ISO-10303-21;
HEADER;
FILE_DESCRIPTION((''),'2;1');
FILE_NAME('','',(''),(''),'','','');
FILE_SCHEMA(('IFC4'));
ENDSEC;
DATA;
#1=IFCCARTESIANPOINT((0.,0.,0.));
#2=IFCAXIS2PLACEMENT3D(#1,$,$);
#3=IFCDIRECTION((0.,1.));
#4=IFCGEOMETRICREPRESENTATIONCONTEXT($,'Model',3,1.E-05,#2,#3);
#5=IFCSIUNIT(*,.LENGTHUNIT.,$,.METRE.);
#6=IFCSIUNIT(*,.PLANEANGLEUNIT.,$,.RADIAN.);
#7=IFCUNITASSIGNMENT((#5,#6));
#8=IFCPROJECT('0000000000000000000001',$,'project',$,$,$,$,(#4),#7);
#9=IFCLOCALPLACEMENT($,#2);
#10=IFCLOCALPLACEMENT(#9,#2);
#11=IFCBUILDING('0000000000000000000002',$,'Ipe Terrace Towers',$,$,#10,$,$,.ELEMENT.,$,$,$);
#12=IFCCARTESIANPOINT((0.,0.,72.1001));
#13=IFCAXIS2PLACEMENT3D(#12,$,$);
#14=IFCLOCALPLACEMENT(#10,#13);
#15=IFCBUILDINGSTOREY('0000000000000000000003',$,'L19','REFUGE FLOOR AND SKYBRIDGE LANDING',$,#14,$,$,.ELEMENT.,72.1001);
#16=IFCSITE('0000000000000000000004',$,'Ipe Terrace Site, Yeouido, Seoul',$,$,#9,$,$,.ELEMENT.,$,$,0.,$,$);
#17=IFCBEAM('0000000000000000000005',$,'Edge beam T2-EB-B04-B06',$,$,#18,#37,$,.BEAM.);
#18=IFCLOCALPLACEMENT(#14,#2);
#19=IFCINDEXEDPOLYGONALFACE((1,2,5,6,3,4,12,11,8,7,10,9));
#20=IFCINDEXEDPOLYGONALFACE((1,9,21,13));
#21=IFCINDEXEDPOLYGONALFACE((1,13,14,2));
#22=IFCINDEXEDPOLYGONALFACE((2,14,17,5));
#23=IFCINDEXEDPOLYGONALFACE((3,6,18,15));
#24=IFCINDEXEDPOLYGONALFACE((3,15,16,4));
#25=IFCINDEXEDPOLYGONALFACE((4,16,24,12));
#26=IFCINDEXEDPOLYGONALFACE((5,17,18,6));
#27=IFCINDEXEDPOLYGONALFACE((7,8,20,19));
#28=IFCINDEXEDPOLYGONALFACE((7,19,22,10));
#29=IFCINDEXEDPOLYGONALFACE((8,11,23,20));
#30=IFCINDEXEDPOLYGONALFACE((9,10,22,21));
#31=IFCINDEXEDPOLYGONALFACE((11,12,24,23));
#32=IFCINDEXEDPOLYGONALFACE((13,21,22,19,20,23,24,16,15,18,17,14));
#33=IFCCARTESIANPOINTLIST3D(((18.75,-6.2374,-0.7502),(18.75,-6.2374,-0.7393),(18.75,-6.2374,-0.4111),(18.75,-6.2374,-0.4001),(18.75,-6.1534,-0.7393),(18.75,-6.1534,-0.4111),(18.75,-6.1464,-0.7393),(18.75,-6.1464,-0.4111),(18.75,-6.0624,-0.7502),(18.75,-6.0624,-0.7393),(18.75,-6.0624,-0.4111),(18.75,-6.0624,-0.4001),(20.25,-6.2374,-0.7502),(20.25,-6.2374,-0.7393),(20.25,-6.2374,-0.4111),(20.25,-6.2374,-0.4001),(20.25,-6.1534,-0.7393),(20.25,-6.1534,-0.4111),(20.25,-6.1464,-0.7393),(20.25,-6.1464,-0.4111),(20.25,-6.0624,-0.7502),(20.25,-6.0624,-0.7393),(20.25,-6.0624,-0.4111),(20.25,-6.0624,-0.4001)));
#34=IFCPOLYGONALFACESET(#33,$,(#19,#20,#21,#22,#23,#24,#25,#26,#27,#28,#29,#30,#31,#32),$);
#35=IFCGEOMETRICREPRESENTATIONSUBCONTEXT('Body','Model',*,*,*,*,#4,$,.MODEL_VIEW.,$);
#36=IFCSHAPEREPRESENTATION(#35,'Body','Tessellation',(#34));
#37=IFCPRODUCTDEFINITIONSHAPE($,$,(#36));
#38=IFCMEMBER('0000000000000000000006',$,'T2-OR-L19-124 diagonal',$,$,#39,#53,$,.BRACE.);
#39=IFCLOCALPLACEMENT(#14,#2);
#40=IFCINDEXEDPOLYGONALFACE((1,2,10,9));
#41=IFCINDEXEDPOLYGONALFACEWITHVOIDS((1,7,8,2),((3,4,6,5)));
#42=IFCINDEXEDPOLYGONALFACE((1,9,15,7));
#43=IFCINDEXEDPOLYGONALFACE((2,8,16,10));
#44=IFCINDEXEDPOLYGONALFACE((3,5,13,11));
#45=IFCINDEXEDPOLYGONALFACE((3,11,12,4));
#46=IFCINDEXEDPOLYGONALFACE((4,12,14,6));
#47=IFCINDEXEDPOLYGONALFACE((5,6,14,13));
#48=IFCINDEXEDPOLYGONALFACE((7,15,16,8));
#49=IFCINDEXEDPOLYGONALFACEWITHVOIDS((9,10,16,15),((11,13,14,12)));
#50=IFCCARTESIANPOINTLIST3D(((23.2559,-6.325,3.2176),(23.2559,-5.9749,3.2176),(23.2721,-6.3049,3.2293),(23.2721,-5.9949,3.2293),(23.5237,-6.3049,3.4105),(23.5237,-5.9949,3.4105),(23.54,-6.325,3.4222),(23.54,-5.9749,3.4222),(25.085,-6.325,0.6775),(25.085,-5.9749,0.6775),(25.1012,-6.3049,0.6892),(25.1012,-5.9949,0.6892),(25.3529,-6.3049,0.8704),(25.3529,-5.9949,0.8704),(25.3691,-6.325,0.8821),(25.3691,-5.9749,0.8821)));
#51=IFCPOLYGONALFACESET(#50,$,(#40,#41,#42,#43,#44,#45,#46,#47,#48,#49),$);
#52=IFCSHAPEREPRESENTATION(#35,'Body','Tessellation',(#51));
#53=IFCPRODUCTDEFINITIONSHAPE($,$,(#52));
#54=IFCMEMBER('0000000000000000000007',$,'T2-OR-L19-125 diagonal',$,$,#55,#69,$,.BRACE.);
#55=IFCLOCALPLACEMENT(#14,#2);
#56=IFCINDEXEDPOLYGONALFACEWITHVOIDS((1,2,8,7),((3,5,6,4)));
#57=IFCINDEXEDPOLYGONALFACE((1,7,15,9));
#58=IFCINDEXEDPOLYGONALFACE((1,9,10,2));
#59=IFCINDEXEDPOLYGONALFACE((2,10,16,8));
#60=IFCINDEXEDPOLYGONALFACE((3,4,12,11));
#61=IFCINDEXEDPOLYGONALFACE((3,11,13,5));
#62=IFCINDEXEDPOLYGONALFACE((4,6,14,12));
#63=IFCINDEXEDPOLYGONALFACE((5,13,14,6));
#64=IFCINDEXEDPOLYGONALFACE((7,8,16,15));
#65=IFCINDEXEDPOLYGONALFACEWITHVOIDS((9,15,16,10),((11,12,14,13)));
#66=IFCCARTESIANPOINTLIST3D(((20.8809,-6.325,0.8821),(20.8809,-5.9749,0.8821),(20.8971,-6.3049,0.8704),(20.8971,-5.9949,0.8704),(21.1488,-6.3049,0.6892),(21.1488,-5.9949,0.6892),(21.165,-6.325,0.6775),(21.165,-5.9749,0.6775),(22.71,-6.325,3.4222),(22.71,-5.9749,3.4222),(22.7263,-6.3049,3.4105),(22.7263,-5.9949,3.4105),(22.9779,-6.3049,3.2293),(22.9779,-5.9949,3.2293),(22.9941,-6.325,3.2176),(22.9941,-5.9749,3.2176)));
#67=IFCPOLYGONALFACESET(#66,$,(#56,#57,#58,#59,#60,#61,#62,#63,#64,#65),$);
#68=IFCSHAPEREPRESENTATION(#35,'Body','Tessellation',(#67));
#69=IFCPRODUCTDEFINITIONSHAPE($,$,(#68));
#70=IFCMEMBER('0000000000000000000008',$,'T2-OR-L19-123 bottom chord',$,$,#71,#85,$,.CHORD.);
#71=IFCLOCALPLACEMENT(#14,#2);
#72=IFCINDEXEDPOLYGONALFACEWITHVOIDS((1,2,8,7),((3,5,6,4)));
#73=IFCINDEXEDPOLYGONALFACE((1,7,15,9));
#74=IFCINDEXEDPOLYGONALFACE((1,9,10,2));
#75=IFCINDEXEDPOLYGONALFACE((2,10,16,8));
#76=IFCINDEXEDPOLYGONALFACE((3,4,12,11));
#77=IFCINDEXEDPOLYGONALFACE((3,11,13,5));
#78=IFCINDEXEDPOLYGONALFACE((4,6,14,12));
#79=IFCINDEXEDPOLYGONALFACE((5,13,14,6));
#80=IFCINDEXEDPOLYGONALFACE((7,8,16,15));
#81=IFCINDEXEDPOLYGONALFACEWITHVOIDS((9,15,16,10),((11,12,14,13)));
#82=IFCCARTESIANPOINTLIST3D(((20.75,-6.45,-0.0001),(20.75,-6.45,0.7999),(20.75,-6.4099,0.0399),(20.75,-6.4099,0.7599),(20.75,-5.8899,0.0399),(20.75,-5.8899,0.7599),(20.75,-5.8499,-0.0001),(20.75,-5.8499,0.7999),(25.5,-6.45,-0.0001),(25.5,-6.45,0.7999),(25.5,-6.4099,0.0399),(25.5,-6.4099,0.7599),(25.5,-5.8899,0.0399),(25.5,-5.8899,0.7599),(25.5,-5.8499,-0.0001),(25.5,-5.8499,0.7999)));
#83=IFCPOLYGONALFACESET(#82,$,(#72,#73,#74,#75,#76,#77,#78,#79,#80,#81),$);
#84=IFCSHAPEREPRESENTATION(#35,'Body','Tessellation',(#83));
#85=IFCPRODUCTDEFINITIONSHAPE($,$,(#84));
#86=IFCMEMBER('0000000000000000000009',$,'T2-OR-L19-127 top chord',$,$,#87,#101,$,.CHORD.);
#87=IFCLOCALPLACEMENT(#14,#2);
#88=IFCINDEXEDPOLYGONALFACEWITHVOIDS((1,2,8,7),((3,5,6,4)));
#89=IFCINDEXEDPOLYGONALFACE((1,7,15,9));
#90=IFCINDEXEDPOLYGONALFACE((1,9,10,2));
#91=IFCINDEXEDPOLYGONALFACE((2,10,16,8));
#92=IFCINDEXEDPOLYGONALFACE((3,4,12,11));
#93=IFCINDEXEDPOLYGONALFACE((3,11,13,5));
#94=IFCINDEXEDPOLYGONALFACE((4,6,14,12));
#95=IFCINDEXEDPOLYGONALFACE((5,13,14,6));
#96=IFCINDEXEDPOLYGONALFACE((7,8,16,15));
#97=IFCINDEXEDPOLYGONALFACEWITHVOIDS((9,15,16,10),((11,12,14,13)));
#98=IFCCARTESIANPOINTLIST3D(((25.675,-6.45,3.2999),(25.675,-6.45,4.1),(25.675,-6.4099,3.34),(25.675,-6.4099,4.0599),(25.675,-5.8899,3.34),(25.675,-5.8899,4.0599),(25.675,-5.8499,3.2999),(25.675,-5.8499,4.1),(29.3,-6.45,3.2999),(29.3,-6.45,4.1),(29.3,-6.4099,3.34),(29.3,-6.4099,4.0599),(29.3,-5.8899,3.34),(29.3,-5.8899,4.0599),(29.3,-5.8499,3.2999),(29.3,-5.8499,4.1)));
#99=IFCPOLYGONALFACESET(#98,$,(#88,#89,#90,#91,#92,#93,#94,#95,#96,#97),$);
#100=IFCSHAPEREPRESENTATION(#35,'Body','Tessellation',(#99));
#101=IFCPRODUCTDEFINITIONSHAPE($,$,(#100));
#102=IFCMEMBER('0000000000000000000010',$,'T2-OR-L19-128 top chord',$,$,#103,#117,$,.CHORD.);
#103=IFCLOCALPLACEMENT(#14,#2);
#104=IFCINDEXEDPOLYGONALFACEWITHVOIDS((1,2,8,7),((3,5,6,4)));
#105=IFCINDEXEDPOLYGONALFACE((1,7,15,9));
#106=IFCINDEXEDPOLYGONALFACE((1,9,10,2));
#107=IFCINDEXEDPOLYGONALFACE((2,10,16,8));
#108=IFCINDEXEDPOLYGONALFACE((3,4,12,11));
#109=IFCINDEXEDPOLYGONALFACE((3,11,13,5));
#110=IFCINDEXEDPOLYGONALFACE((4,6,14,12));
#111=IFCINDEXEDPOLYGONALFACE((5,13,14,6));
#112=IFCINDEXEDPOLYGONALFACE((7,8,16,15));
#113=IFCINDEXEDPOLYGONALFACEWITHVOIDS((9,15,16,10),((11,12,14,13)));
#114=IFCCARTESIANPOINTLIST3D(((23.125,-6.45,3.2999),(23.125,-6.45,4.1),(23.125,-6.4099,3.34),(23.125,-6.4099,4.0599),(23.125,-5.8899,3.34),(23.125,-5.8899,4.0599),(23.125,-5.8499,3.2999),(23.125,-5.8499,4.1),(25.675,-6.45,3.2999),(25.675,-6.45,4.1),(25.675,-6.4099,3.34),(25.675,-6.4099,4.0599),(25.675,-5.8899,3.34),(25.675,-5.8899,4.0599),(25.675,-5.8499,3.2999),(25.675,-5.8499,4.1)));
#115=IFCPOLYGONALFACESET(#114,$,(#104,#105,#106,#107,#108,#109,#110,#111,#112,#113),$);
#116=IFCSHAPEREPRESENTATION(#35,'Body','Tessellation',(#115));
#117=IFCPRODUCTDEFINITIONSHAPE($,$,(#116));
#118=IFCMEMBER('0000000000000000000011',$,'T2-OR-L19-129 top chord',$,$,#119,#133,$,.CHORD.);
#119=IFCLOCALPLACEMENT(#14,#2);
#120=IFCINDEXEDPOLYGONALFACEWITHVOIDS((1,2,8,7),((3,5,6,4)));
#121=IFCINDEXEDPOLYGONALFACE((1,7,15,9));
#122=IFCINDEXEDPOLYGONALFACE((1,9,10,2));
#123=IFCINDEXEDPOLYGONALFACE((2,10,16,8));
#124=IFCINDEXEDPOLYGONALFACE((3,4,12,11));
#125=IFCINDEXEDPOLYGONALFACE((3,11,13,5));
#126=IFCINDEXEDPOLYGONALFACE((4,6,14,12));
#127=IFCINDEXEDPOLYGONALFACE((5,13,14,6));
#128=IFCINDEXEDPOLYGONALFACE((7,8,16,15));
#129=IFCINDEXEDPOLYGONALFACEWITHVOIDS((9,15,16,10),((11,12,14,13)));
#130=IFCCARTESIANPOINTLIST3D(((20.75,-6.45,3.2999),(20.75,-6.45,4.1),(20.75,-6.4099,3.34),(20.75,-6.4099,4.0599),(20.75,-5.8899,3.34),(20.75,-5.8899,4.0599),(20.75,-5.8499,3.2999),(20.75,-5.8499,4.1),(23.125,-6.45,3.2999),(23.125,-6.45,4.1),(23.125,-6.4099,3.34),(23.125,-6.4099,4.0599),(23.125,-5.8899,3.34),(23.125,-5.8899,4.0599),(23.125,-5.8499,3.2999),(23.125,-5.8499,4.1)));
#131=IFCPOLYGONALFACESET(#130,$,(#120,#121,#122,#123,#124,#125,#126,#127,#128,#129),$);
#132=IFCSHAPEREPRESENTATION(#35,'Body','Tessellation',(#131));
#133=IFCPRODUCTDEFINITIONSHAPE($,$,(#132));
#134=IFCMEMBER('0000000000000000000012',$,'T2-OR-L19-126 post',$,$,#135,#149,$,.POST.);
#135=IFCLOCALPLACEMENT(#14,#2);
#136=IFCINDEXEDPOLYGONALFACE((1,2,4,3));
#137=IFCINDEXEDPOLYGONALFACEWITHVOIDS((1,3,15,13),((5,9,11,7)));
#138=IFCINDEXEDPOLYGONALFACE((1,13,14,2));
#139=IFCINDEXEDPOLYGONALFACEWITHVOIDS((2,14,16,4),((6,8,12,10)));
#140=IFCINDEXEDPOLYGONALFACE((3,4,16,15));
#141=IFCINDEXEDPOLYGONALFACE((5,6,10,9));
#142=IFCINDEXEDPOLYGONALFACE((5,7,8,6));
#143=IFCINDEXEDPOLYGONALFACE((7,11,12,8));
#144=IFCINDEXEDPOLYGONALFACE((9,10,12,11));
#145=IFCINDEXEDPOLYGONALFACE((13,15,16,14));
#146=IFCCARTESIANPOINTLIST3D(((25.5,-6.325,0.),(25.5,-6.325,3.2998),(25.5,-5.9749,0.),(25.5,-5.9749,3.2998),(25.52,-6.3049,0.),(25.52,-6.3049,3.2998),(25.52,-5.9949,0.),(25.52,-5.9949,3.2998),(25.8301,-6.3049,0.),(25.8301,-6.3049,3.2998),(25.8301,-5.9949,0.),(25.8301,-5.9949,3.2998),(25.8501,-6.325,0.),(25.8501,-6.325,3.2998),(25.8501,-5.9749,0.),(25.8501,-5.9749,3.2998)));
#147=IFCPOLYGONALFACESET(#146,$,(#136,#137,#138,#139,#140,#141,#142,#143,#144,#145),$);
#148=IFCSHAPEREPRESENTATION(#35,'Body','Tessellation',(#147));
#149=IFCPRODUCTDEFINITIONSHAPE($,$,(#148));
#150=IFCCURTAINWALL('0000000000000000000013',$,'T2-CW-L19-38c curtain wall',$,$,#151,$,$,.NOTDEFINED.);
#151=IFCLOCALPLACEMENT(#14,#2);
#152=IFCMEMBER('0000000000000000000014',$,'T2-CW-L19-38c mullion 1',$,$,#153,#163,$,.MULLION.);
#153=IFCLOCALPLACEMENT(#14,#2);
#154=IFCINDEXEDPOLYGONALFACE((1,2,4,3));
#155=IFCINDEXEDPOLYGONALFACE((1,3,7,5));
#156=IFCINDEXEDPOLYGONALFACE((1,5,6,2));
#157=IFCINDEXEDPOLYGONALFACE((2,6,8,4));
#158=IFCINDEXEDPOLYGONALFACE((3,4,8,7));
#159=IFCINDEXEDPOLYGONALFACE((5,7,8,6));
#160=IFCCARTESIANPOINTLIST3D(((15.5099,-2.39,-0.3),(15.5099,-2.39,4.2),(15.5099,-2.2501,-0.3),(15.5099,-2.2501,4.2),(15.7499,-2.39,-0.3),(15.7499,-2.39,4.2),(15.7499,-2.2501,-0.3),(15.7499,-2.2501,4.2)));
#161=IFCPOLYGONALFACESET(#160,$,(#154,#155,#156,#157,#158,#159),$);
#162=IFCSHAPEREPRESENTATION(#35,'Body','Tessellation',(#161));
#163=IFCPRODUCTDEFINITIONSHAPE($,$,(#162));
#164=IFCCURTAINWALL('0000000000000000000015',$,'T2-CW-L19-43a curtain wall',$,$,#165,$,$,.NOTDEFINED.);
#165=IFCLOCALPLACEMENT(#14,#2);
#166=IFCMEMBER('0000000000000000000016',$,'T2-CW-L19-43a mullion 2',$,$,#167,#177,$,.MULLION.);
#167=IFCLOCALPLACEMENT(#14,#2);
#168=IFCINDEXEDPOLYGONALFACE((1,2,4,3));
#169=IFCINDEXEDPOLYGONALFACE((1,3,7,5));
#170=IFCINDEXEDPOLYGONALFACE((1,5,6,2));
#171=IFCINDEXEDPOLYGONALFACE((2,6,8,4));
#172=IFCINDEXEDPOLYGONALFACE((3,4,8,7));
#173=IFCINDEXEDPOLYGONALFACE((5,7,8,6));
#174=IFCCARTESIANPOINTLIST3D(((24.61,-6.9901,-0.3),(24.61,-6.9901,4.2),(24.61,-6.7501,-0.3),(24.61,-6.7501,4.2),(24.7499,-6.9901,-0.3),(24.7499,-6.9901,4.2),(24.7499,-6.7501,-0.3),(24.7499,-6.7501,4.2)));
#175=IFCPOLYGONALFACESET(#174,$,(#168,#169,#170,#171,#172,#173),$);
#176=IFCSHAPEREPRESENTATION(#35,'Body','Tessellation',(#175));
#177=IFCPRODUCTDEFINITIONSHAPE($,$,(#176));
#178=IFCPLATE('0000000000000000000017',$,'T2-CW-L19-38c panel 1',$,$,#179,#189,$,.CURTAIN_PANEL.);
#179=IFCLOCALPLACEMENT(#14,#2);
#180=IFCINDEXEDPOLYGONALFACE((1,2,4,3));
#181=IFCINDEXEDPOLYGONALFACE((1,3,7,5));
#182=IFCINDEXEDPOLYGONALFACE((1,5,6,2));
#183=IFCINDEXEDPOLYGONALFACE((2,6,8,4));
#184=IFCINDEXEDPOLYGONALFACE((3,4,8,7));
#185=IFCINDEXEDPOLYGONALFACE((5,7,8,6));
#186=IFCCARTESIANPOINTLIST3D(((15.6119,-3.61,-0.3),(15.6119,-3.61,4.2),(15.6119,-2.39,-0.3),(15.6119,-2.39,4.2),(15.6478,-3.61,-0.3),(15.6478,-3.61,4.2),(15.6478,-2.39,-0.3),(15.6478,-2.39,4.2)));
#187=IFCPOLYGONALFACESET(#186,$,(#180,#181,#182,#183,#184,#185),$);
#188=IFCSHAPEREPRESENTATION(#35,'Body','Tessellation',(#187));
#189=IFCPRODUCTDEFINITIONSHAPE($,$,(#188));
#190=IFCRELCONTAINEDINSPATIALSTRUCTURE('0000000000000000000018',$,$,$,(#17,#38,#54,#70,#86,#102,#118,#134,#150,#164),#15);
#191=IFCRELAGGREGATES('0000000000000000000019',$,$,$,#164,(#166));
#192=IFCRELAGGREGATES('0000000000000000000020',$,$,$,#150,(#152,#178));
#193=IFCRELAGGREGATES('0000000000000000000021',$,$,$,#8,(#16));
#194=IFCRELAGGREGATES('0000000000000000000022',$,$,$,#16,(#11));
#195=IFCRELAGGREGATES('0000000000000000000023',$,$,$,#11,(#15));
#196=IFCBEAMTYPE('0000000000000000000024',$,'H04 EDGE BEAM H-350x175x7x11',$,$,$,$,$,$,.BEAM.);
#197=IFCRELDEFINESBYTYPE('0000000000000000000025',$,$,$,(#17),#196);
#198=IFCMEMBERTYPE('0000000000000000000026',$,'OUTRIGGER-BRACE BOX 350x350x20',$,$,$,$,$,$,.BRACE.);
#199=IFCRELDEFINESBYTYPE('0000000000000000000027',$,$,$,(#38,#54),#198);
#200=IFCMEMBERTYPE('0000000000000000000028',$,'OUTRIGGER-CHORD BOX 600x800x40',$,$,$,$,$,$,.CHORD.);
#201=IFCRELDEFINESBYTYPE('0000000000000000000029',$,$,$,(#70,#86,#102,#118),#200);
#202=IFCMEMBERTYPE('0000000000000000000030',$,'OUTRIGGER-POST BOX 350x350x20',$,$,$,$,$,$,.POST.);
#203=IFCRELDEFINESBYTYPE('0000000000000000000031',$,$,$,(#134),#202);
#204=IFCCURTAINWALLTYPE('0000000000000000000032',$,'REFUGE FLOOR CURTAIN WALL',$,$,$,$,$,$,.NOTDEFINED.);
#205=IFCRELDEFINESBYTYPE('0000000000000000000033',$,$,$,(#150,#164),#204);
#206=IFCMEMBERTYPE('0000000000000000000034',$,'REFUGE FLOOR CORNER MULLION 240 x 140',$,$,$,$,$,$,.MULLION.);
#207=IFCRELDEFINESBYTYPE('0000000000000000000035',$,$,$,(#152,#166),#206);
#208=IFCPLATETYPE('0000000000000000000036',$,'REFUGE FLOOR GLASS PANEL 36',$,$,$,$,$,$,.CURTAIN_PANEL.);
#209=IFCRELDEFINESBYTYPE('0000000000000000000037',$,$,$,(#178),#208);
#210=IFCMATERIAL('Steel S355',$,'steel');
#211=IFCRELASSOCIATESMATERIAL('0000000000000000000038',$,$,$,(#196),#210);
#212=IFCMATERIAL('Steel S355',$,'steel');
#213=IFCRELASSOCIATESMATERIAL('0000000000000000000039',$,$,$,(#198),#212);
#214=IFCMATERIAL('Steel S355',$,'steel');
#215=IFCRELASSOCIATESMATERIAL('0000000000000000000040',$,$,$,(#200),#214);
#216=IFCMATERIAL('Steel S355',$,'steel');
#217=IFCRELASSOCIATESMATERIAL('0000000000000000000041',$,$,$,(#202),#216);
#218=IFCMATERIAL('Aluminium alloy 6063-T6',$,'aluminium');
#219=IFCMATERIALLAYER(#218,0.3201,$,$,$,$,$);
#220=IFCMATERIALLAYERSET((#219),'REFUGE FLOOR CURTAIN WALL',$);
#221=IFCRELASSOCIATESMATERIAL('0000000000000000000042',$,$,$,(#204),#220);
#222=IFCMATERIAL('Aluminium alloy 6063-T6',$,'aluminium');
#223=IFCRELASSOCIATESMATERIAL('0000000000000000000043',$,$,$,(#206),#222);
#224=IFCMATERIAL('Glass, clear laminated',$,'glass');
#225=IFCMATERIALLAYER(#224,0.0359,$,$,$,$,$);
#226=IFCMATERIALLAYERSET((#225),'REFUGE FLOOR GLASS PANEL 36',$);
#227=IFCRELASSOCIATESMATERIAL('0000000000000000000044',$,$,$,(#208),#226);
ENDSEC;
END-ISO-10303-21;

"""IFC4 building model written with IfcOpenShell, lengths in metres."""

from ifc_helpers import new_model, si_unit, direction, frame, origin, origin_2d, place, context, subcontext, project, spatial, rectangle, hollow_rectangle, i_section, extrude, material, layer, layer_set, material_profile, profile_set, type_object, element, aggregate, save


model = new_model("IFC4")

# Units and contexts
model_context = context("Model", 3, precision=1e-05, world=origin(), true_north=direction((0.0, 1.0)))
body_context = subcontext(model_context, "Body", "Model", "MODEL_VIEW")
ifc_project = project(units=[si_unit("LENGTHUNIT", "METRE"), si_unit("PLANEANGLEUNIT", "RADIAN")], contexts=[model_context])

# Site, building, storey
site_placement = place(None, origin())
site = spatial("IfcSite", under=ifc_project, at=site_placement, Name="Ipe Terrace Site, Yeouido, Seoul", CompositionType="ELEMENT", RefElevation=0.0)
building_placement = place(site_placement, origin())
building = spatial("IfcBuilding", under=site, at=building_placement, Name="Ipe Terrace Towers", CompositionType="ELEMENT")
storey_placement = place(building_placement, frame((0.0, 0.0, 72.1001)))
storey = spatial("IfcBuildingStorey", under=building, at=storey_placement, Name="L19", Description="REFUGE FLOOR AND SKYBRIDGE LANDING", CompositionType="ELEMENT", Elevation=72.1001)

# Beam
ifc_material_1 = material(Name="Steel S355", Category="steel")
ifc_material_profile_1 = material_profile(ifc_material_1, i_section(OverallWidth=0.175, OverallDepth=0.3501, WebThickness=0.0071, FlangeThickness=0.011, at=origin_2d()), Name="H-350x175x7x11")
ifc_profile_set_1 = profile_set([ifc_material_profile_1], Name="Steel S355")
beam_type = type_object("IfcBeamType", Name="H04 EDGE BEAM H-350x175x7x11", PredefinedType="BEAM", material=ifc_profile_set_1)
beam_placement = place(storey_placement, frame((20.25, -6.1499, -0.5752), z_axis=(-1.0, 0.0, 0.0), x_axis=(0.0, -1.0, 0.0)))
element("IfcBeam", 1, at=beam_placement, inside=storey, type_object=beam_type, Name="Edge beam T2-EB-B04-B06", PredefinedType="BEAM", context=body_context, shape_type="SweptSolid", body=[
    extrude(i_section(OverallWidth=0.175, OverallDepth=0.3501, WebThickness=0.0071, FlangeThickness=0.011, at=origin_2d()), origin(), (0.0, 0.0, 1.0), 1.5),
])

# Members
ifc_material_2 = material(Name="Steel S355", Category="steel")
ifc_material_profile_2 = material_profile(ifc_material_2, hollow_rectangle(XDim=0.3501, YDim=0.3501, WallThickness=0.02, at=origin_2d()), Name="OUTRIGGER-BRACE BOX 350x350x20")
ifc_profile_set_2 = profile_set([ifc_material_profile_2], Name="Steel S355")
member_type_1 = type_object("IfcMemberType", Name="OUTRIGGER-BRACE BOX 350x350x20", PredefinedType="BRACE", material=ifc_profile_set_2)
for number, where, z_axis, x_axis, name in (
    (2, (25.2271, -6.1499, 0.7798), (-0.584362, 0.0, 0.811493), (0.0, -1.0, 0.0), "T2-OR-L19-124 diagonal"),
    (3, (21.0229, -6.1499, 0.7798), (0.584362, 0.0, 0.811493), (0.0, 1.0, 0.0), "T2-OR-L19-125 diagonal"),
):
    element("IfcMember", number, at=place(storey_placement, frame(where, z_axis=z_axis, x_axis=x_axis)), inside=storey, type_object=member_type_1, Name=name, PredefinedType="BRACE", context=body_context, shape_type="SweptSolid", body=[
        extrude(hollow_rectangle(XDim=0.3501, YDim=0.3501, WallThickness=0.02, at=origin_2d()), origin(), (0.0, 0.0, 1.0), 3.1301),
    ])
ifc_material_3 = material(Name="Steel S355", Category="steel")
ifc_material_profile_3 = material_profile(ifc_material_3, hollow_rectangle(XDim=0.6001, YDim=0.8, WallThickness=0.04, at=origin_2d()), Name="OUTRIGGER-CHORD BOX 600x800x40")
ifc_profile_set_3 = profile_set([ifc_material_profile_3], Name="Steel S355")
member_type_2 = type_object("IfcMemberType", Name="OUTRIGGER-CHORD BOX 600x800x40", PredefinedType="CHORD", material=ifc_profile_set_3)
member_1_placement = place(storey_placement, frame((25.5, -6.1499, 0.3999), z_axis=(-1.0, 0.0, 0.0), x_axis=(0.0, -1.0, 0.0)))
element("IfcMember", 4, at=member_1_placement, inside=storey, type_object=member_type_2, Name="T2-OR-L19-123 bottom chord", PredefinedType="CHORD", context=body_context, shape_type="SweptSolid", body=[
    extrude(hollow_rectangle(XDim=0.6001, YDim=0.8, WallThickness=0.04, at=origin_2d()), origin(), (0.0, 0.0, 1.0), 4.75),
])
member_2_placement = place(storey_placement, frame((29.3, -6.1499, 3.7), z_axis=(-1.0, 0.0, 0.0), x_axis=(0.0, -1.0, 0.0)))
element("IfcMember", 5, at=member_2_placement, inside=storey, type_object=member_type_2, Name="T2-OR-L19-127 top chord", PredefinedType="CHORD", context=body_context, shape_type="SweptSolid", body=[
    extrude(hollow_rectangle(XDim=0.6001, YDim=0.8, WallThickness=0.04, at=origin_2d()), origin(), (0.0, 0.0, 1.0), 3.625),
])
member_3_placement = place(storey_placement, frame((25.675, -6.1499, 3.7), z_axis=(-1.0, 0.0, 0.0), x_axis=(0.0, -1.0, 0.0)))
element("IfcMember", 6, at=member_3_placement, inside=storey, type_object=member_type_2, Name="T2-OR-L19-128 top chord", PredefinedType="CHORD", context=body_context, shape_type="SweptSolid", body=[
    extrude(hollow_rectangle(XDim=0.6001, YDim=0.8, WallThickness=0.04, at=origin_2d()), origin(), (0.0, 0.0, 1.0), 2.55),
])
member_4_placement = place(storey_placement, frame((23.125, -6.1499, 3.7), z_axis=(-1.0, 0.0, 0.0), x_axis=(0.0, -1.0, 0.0)))
element("IfcMember", 7, at=member_4_placement, inside=storey, type_object=member_type_2, Name="T2-OR-L19-129 top chord", PredefinedType="CHORD", context=body_context, shape_type="SweptSolid", body=[
    extrude(hollow_rectangle(XDim=0.6001, YDim=0.8, WallThickness=0.04, at=origin_2d()), origin(), (0.0, 0.0, 1.0), 2.375),
])
ifc_material_4 = material(Name="Steel S355", Category="steel")
ifc_material_profile_4 = material_profile(ifc_material_4, hollow_rectangle(XDim=0.3501, YDim=0.3501, WallThickness=0.02, at=origin_2d()), Name="OUTRIGGER-POST BOX 350x350x20")
ifc_profile_set_4 = profile_set([ifc_material_profile_4], Name="Steel S355")
member_type_3 = type_object("IfcMemberType", Name="OUTRIGGER-POST BOX 350x350x20", PredefinedType="POST", material=ifc_profile_set_4)
member_5_placement = place(storey_placement, frame((25.675, -6.1499, 0.0), z_axis=(0.0, 0.0, 1.0), x_axis=(1.0, 0.0, 0.0)))
element("IfcMember", 8, at=member_5_placement, inside=storey, type_object=member_type_3, Name="T2-OR-L19-126 post", PredefinedType="POST", context=body_context, shape_type="SweptSolid", body=[
    extrude(hollow_rectangle(XDim=0.3501, YDim=0.3501, WallThickness=0.02, at=origin_2d()), origin(), (0.0, 0.0, 1.0), 3.2998),
])

# Curtain walls, members
ifc_material_5 = material(Name="Aluminium alloy 6063-T6", Category="aluminium")
ifc_layer_1 = layer(ifc_material_5, 0.3201)
ifc_layer_set_1 = layer_set([ifc_layer_1], Name="REFUGE FLOOR CURTAIN WALL")
curtain_wall_type_1 = type_object("IfcCurtainWallType", Name="REFUGE FLOOR CURTAIN WALL", PredefinedType="NOTDEFINED", material=ifc_layer_set_1)
curtain_wall_1_placement = place(storey_placement, origin())
curtain_wall_1 = element("IfcCurtainWall", 9, at=curtain_wall_1_placement, inside=storey, type_object=curtain_wall_type_1, Name="T2-CW-L19-38c curtain wall", PredefinedType="NOTDEFINED")
ifc_material_6 = material(Name="Aluminium alloy 6063-T6", Category="aluminium")
ifc_material_profile_5 = material_profile(ifc_material_6, rectangle(XDim=0.24, YDim=0.1399, at=origin_2d()), Name="REFUGE FLOOR CORNER MULLION 240 x 140")
ifc_profile_set_5 = profile_set([ifc_material_profile_5], Name="Aluminium alloy 6063-T6")
member_type_4 = type_object("IfcMemberType", Name="REFUGE FLOOR CORNER MULLION 240 x 140", PredefinedType="MULLION", material=ifc_profile_set_5)
member_6_placement = place(storey_placement, frame((15.6299, -2.3201, -0.3), z_axis=(0.0, 0.0, 1.0), x_axis=(-1.0, 0.0, 0.0)))
member_6 = element("IfcMember", 10, at=member_6_placement, type_object=member_type_4, Name="T2-CW-L19-38c mullion 1", PredefinedType="MULLION", context=body_context, shape_type="SweptSolid", body=[
    extrude(rectangle(XDim=0.24, YDim=0.1399, at=origin_2d()), origin(), (0.0, 0.0, 1.0), 4.5),
])
curtain_wall_2_placement = place(storey_placement, origin())
curtain_wall_2 = element("IfcCurtainWall", 11, at=curtain_wall_2_placement, inside=storey, type_object=curtain_wall_type_1, Name="T2-CW-L19-43a curtain wall", PredefinedType="NOTDEFINED")
member_7_placement = place(storey_placement, frame((24.6799, -6.8701, -0.3), z_axis=(0.0, 0.0, 1.0), x_axis=(0.0, -1.0, 0.0)))
member_7 = element("IfcMember", 12, at=member_7_placement, type_object=member_type_4, Name="T2-CW-L19-43a mullion 2", PredefinedType="MULLION", context=body_context, shape_type="SweptSolid", body=[
    extrude(rectangle(XDim=0.24, YDim=0.1399, at=origin_2d()), origin(), (0.0, 0.0, 1.0), 4.5),
])
aggregate(curtain_wall_2, [member_7])

# Plate
ifc_material_7 = material(Name="Glass, clear laminated", Category="glass")
ifc_layer_2 = layer(ifc_material_7, 0.0359)
ifc_layer_set_2 = layer_set([ifc_layer_2], Name="REFUGE FLOOR GLASS PANEL 36")
plate_type = type_object("IfcPlateType", Name="REFUGE FLOOR GLASS PANEL 36", PredefinedType="CURTAIN_PANEL", material=ifc_layer_set_2)
plate_placement = place(storey_placement, frame((15.6299, -3.0, -0.3), z_axis=(0.0, 0.0, 1.0), x_axis=(0.0, -1.0, 0.0)))
plate = element("IfcPlate", 13, at=plate_placement, type_object=plate_type, Name="T2-CW-L19-38c panel 1", PredefinedType="CURTAIN_PANEL", context=body_context, shape_type="SweptSolid", body=[
    extrude(rectangle(XDim=1.22, YDim=0.0359, at=origin_2d()), origin(), (0.0, 0.0, 1.0), 4.5),
])
aggregate(curtain_wall_1, [member_6, plate])

save(model, "model.ifc")
